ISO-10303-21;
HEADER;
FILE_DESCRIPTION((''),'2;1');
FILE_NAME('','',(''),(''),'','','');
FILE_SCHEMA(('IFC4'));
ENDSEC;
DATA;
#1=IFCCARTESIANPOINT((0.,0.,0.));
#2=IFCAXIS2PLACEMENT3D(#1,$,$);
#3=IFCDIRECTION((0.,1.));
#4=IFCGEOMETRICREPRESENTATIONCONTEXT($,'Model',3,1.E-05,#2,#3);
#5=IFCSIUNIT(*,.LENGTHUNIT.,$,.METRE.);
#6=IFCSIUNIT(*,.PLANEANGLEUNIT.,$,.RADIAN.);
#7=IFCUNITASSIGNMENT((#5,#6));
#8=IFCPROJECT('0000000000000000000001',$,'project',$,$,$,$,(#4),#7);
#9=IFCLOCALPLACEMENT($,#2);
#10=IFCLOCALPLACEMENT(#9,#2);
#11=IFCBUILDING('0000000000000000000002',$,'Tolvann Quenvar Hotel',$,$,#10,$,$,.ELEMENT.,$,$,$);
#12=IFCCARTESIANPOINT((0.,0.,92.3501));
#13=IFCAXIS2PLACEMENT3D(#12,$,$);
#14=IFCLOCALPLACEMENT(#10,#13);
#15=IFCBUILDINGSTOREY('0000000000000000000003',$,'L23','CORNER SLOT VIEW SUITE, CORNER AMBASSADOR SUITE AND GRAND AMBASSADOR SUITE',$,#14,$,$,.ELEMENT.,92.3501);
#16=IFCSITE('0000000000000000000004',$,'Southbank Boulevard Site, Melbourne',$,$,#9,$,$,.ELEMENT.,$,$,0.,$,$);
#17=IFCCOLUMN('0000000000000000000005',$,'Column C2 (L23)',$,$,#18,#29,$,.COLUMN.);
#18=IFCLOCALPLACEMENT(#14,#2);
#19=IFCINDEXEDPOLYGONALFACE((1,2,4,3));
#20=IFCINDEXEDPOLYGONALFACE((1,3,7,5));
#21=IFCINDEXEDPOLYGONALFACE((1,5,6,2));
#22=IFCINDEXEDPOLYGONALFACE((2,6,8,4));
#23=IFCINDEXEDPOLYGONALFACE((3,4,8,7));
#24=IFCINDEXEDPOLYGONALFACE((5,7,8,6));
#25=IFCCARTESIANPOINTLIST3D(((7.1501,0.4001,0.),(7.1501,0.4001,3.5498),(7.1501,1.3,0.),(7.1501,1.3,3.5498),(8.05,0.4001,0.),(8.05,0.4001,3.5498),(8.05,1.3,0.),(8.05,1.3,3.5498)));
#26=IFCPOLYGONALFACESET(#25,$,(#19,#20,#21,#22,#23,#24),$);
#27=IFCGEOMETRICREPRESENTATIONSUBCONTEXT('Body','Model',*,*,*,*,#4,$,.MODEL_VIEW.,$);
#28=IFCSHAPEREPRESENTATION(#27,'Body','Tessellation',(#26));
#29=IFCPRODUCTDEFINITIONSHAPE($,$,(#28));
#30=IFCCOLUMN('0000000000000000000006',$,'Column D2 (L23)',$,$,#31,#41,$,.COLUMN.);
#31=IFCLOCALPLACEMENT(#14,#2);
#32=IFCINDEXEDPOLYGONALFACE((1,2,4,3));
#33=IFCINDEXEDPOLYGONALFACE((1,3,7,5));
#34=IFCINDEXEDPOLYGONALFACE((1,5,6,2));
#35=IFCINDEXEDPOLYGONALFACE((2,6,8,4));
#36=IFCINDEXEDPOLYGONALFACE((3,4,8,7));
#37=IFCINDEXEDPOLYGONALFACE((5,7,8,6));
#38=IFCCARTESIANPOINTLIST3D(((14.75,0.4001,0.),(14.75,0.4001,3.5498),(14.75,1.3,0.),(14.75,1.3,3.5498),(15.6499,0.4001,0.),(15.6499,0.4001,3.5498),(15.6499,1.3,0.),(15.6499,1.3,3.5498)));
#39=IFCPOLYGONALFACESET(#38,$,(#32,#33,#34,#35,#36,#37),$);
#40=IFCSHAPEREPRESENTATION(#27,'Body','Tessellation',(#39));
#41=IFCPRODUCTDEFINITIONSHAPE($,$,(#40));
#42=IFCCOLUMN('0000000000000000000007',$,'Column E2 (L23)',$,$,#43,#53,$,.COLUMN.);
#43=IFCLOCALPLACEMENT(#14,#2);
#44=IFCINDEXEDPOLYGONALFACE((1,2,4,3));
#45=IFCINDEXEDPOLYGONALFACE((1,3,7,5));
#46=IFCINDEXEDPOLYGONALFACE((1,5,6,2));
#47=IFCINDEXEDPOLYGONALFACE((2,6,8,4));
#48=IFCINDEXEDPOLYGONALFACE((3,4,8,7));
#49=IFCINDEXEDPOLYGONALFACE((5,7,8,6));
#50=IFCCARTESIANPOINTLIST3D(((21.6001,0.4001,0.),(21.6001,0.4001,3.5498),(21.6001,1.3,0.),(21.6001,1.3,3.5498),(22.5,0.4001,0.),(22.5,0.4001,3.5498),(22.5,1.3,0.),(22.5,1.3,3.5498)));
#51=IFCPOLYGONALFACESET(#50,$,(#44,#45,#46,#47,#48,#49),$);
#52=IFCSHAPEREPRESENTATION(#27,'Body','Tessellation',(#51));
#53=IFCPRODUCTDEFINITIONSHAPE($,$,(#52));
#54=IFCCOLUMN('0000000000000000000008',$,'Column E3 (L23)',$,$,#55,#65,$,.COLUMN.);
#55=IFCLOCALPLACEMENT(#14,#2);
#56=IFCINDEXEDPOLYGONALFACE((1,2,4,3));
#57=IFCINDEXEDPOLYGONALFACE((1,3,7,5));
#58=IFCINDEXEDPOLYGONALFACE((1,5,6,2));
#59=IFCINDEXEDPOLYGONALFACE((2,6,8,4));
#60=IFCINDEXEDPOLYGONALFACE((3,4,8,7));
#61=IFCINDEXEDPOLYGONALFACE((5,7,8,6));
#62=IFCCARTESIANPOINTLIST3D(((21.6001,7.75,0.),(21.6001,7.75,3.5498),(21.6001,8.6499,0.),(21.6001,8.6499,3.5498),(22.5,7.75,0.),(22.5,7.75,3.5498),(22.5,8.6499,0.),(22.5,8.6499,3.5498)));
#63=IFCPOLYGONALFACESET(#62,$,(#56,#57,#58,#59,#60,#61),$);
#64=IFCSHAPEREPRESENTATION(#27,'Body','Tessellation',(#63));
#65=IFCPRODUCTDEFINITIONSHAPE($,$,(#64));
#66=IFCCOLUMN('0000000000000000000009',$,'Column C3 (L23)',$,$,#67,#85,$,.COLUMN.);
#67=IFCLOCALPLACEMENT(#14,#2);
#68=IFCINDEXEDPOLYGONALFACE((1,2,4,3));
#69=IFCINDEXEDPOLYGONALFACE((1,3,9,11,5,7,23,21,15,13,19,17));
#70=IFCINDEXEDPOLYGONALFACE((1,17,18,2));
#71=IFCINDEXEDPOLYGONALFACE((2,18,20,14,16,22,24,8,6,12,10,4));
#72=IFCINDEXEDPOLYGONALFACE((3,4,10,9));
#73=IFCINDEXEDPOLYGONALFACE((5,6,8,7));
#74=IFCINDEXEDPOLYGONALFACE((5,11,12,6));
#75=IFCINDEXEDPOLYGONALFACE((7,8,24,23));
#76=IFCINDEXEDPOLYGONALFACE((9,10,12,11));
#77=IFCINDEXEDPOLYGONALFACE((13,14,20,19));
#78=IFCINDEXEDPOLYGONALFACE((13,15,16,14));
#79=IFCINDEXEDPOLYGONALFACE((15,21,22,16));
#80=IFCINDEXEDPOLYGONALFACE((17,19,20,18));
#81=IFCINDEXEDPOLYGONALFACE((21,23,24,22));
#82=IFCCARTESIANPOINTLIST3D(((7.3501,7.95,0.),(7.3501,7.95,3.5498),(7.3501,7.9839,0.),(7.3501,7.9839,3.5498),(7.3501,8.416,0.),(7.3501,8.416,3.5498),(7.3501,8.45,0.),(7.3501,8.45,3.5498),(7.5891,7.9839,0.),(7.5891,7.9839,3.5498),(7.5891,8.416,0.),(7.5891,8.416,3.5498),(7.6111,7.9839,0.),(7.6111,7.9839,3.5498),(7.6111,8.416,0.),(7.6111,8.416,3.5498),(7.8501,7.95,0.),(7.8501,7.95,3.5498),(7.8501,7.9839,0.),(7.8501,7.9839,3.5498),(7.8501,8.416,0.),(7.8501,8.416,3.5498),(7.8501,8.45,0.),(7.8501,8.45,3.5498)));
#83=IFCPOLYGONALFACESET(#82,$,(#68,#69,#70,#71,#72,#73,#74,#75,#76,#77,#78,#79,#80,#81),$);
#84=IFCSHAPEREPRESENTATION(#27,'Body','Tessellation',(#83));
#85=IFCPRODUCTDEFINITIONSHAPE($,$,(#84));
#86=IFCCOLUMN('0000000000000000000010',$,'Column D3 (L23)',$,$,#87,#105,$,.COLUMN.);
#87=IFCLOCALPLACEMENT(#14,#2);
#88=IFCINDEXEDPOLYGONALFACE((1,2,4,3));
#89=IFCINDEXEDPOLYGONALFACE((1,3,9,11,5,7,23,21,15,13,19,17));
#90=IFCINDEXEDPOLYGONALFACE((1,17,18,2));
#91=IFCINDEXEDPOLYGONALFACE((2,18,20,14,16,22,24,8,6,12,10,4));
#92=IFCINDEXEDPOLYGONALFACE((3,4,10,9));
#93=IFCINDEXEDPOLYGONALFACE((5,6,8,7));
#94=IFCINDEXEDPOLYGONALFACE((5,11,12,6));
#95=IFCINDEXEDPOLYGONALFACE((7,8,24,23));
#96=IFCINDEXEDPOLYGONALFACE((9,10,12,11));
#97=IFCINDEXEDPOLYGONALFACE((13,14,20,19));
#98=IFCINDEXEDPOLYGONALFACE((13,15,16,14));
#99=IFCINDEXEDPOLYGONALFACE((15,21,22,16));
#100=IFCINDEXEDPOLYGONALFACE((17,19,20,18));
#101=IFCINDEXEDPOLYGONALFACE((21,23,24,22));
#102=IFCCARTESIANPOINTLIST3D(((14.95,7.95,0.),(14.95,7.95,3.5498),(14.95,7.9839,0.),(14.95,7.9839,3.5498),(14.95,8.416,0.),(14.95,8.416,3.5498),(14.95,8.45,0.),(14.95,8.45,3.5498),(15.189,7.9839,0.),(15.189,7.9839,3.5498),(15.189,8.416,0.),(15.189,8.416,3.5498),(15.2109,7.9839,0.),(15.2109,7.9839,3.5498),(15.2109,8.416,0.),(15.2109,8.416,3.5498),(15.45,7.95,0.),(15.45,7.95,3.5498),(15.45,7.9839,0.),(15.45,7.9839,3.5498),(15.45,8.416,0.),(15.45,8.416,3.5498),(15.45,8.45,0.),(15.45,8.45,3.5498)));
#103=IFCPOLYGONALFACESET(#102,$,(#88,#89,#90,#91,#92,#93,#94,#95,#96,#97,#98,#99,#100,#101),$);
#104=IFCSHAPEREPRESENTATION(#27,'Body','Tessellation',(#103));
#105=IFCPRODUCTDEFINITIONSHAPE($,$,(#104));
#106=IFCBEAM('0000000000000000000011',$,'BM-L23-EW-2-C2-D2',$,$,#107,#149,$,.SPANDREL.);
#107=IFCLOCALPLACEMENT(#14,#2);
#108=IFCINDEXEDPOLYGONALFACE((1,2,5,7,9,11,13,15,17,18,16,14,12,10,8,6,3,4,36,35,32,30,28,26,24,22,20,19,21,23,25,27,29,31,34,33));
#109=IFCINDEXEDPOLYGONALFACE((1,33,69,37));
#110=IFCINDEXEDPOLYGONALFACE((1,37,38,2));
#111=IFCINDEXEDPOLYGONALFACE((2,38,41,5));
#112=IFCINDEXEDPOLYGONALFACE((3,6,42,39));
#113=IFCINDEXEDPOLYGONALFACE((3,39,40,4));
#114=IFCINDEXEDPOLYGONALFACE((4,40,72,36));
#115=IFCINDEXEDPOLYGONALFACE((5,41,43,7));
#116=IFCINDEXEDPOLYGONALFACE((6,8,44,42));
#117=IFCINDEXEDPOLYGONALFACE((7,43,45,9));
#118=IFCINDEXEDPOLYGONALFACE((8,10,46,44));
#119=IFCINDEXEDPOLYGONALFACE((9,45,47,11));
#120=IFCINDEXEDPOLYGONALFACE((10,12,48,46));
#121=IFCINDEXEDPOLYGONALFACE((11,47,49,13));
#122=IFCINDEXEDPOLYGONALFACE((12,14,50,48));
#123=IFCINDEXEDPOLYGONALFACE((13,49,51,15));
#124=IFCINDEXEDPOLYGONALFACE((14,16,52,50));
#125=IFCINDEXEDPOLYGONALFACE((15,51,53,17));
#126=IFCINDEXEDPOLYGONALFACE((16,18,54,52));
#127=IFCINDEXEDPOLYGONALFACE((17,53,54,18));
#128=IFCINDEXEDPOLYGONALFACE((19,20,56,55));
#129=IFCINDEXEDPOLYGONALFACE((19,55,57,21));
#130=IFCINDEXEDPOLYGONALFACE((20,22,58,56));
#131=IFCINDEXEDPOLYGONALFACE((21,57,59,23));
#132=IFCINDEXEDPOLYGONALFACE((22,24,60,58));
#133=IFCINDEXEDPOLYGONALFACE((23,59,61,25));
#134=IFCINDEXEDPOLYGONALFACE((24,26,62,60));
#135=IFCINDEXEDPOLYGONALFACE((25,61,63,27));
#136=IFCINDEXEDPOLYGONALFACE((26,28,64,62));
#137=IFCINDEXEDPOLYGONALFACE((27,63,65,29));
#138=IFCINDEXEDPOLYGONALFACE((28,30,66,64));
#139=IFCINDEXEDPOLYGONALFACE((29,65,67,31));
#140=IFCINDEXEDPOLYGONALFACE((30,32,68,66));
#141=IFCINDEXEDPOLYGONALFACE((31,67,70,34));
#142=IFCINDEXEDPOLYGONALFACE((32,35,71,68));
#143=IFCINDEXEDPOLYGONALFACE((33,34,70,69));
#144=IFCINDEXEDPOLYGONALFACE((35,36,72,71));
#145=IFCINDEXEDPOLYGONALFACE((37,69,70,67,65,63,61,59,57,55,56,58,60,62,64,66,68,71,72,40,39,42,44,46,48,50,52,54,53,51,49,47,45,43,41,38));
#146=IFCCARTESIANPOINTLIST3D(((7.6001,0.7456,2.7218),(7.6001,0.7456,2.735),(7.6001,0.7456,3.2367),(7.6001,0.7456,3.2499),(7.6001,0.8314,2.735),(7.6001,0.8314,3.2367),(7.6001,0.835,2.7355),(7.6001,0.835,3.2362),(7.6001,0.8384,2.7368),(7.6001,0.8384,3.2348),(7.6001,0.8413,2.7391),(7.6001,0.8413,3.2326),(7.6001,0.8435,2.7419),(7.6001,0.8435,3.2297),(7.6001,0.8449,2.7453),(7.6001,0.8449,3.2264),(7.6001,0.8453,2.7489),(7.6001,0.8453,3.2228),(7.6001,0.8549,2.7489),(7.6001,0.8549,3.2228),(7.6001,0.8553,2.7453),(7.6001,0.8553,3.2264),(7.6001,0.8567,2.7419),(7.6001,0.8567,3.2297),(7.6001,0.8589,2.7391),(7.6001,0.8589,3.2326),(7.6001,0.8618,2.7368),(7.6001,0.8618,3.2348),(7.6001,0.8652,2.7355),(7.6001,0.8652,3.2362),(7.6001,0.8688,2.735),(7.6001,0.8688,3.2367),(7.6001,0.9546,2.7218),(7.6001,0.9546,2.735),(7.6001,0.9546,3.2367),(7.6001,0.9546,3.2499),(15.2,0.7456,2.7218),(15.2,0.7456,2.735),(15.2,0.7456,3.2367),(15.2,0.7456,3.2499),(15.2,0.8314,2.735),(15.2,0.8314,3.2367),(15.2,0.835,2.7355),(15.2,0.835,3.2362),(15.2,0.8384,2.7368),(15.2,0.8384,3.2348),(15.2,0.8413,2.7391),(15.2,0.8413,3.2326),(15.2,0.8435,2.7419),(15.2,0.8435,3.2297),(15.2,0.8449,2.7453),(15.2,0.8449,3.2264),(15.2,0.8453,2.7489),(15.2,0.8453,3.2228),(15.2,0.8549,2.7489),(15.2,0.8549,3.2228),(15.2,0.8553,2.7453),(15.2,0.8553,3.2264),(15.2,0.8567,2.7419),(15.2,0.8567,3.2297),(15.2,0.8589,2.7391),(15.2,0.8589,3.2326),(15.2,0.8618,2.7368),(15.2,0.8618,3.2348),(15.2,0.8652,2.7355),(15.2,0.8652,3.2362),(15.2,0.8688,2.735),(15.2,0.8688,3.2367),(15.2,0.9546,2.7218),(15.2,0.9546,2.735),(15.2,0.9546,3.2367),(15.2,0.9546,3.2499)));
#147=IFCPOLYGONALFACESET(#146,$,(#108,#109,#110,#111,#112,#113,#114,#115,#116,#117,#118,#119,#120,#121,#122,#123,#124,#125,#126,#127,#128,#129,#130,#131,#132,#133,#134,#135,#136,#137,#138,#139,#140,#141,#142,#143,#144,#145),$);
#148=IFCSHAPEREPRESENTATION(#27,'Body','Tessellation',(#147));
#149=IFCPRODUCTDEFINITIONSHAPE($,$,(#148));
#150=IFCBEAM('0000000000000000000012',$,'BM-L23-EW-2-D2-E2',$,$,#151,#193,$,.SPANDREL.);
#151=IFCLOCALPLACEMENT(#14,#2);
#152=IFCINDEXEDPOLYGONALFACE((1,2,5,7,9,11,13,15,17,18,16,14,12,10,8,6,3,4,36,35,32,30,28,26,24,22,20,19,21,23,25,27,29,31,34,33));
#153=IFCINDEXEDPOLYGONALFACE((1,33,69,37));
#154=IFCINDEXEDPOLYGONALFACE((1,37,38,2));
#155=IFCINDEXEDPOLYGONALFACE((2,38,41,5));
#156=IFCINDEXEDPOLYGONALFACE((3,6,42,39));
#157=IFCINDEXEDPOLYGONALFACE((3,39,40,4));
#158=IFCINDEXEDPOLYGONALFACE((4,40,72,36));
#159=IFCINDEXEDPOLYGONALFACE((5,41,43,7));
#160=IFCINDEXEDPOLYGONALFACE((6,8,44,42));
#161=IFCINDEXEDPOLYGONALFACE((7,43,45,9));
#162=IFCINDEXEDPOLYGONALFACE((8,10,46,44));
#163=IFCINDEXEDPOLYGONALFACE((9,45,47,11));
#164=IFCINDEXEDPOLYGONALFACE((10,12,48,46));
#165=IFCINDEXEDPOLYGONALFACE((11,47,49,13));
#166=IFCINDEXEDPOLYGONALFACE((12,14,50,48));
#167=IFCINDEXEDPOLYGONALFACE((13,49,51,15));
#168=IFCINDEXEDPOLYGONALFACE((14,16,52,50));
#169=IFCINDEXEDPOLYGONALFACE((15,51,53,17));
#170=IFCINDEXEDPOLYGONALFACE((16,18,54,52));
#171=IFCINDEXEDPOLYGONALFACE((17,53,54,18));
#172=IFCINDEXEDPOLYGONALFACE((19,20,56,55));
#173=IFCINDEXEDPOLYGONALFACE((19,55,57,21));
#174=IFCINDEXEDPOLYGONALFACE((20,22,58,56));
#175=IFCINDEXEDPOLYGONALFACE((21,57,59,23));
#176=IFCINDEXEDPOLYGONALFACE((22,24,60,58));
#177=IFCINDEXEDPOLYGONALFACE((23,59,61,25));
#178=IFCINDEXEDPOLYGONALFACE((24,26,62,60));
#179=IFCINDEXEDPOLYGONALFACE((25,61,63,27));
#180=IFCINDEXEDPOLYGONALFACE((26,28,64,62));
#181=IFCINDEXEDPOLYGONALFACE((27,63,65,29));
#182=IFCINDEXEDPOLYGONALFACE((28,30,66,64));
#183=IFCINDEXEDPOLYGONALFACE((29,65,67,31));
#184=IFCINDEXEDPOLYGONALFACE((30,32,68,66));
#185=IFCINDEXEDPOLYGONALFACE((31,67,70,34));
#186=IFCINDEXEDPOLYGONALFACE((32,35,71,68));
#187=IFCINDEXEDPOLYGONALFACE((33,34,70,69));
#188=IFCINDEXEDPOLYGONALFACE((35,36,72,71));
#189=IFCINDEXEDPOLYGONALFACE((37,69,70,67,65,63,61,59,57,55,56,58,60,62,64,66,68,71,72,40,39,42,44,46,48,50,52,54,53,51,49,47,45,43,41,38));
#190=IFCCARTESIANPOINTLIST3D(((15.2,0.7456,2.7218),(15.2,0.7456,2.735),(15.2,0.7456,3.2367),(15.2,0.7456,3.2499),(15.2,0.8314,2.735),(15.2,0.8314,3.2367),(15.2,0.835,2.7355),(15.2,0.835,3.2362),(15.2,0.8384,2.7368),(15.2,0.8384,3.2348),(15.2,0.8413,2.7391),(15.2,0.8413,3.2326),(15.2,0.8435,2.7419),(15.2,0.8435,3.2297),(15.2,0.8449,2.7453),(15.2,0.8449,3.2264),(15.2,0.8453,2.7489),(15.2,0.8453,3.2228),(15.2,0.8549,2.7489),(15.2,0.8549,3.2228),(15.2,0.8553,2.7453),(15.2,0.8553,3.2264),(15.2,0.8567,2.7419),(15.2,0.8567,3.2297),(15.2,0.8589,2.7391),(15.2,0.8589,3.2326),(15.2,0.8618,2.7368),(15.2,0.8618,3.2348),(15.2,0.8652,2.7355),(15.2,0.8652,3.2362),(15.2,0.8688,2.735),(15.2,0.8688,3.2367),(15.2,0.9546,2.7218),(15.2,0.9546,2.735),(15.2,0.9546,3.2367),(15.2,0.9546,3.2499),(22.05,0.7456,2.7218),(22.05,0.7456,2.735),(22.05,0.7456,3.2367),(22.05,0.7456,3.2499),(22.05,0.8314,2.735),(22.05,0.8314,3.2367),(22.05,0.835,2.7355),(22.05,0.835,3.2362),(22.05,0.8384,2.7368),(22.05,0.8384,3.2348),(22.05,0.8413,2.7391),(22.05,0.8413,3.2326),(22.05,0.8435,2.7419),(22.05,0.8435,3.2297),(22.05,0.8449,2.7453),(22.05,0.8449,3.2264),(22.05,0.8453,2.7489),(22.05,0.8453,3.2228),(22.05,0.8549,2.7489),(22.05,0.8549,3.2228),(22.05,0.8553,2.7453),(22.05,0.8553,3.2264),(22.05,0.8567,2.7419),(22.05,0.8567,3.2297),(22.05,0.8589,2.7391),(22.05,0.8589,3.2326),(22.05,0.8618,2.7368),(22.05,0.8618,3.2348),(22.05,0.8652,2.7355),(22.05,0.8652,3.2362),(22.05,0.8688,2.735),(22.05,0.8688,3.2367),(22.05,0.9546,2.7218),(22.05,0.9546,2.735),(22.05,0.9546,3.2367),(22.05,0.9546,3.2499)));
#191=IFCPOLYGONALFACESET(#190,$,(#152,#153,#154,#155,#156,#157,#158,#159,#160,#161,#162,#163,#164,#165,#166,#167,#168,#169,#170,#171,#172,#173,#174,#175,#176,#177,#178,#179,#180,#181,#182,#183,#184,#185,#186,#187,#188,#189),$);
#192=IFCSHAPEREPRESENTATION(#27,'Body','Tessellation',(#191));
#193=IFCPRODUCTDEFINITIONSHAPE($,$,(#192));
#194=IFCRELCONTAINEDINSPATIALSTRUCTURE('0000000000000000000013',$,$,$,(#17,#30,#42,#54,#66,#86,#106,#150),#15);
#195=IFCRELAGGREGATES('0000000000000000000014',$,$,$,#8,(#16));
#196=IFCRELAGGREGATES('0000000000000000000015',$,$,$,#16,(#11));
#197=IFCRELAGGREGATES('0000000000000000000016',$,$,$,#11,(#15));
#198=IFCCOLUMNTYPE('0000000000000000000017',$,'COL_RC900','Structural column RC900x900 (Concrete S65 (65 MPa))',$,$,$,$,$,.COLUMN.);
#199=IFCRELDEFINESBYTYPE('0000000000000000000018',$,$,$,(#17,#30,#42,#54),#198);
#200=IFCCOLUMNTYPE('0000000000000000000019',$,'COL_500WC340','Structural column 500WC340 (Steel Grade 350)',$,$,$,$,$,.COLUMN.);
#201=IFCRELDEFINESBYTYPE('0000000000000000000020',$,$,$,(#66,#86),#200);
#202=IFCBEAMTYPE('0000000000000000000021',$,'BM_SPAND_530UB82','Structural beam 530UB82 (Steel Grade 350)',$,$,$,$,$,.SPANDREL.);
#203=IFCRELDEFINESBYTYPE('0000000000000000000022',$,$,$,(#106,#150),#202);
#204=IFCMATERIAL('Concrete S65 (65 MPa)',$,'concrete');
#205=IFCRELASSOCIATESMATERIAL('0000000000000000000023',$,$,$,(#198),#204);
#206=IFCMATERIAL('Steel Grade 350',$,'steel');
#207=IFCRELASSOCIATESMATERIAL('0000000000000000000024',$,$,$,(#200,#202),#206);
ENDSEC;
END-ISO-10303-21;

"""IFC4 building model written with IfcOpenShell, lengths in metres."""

from ifc_helpers import new_model, si_unit, direction, frame, origin, origin_2d, place, context, subcontext, project, spatial, rectangle, i_section, extrude, source, transform, mapped, material, material_profile, profile_set, type_object, type_shapes, element, save


model = new_model("IFC4")

# Units and contexts
model_context = context("Model", 3, precision=1e-05, world=origin(), true_north=direction((0.0, 1.0)))
body_context = subcontext(model_context, "Body", "Model", "MODEL_VIEW")
ifc_project = project(units=[si_unit("LENGTHUNIT", "METRE"), si_unit("PLANEANGLEUNIT", "RADIAN")], contexts=[model_context])

# Site, building, storey
site_placement = place(None, origin())
site = spatial("IfcSite", under=ifc_project, at=site_placement, Name="Southbank Boulevard Site, Melbourne", CompositionType="ELEMENT", RefElevation=0.0)
building_placement = place(site_placement, origin())
building = spatial("IfcBuilding", under=site, at=building_placement, Name="Tolvann Quenvar Hotel", CompositionType="ELEMENT")
storey_placement = place(building_placement, frame((0.0, 0.0, 92.3501)))
storey = spatial("IfcBuildingStorey", under=building, at=storey_placement, Name="L23", Description="CORNER SLOT VIEW SUITE, CORNER AMBASSADOR SUITE AND GRAND AMBASSADOR SUITE", CompositionType="ELEMENT", Elevation=92.3501)

# Columns
ifc_material_1 = material(Name="Concrete S65 (65 MPa)", Category="concrete")
ifc_material_profile_1 = material_profile(ifc_material_1, rectangle(XDim=0.8999, YDim=0.8999, at=origin_2d()), Name="RC900x900")
ifc_profile_set_1 = profile_set([ifc_material_profile_1], Name="Concrete S65 (65 MPa)")
column_type_1 = type_object("IfcColumnType", Name="COL_RC900", Description="Structural column RC900x900 (Concrete S65 (65 MPa))", PredefinedType="COLUMN", material=ifc_profile_set_1)
shared_shape_1 = source(origin(), body_context, "Body", "SweptSolid", [
    extrude(rectangle(XDim=0.8999, YDim=0.8999, at=origin_2d()), origin(), (0.0, 0.0, 1.0), 3.5498),
])
type_shapes(column_type_1, [shared_shape_1])
for number, where, z_axis, x_axis, name in (
    (1, (7.6001, 0.8501, 0.0), (0.0, 0.0, 1.0), (1.0, 0.0, 0.0), "Column C2 (L23)"),
    (2, (15.2, 0.8501, 0.0), (0.0, 0.0, 1.0), (1.0, 0.0, 0.0), "Column D2 (L23)"),
    (3, (22.05, 0.8501, 0.0), (0.0, 0.0, 1.0), (1.0, 0.0, 0.0), "Column E2 (L23)"),
    (4, (22.05, 8.2, 0.0), (0.0, 0.0, 1.0), (1.0, 0.0, 0.0), "Column E3 (L23)"),
):
    element("IfcColumn", number, at=place(storey_placement, frame(where, z_axis=z_axis, x_axis=x_axis)), inside=storey, type_object=column_type_1, Name=name, PredefinedType="COLUMN", context=body_context, shape_type="MappedRepresentation", body=[
        mapped(shared_shape_1, transform((0.0, 0.0, 0.0), x_axis=(1.0, 0.0, 0.0), y_axis=(0.0, 1.0, 0.0), z_axis=(0.0, 0.0, 1.0), scale=1.0)),
    ])
ifc_material_2 = material(Name="Steel Grade 350", Category="steel")
ifc_material_profile_2 = material_profile(ifc_material_2, i_section(OverallWidth=0.5, OverallDepth=0.5, WebThickness=0.022, FlangeThickness=0.0339, at=origin_2d()), Name="500WC340")
ifc_profile_set_2 = profile_set([ifc_material_profile_2], Name="Steel Grade 350")
column_type_2 = type_object("IfcColumnType", Name="COL_500WC340", Description="Structural column 500WC340 (Steel Grade 350)", PredefinedType="COLUMN", material=ifc_profile_set_2)
shared_shape_2 = source(origin(), body_context, "Body", "SweptSolid", [
    extrude(i_section(OverallWidth=0.5, OverallDepth=0.5, WebThickness=0.022, FlangeThickness=0.0339, at=origin_2d()), origin(), (0.0, 0.0, 1.0), 3.5498),
])
type_shapes(column_type_2, [shared_shape_2])
for number, where, z_axis, x_axis, name in (
    (5, (7.6001, 8.2, 0.0), (0.0, 0.0, 1.0), (1.0, 0.0, 0.0), "Column C3 (L23)"),
    (6, (15.2, 8.2, 0.0), (0.0, 0.0, 1.0), (1.0, 0.0, 0.0), "Column D3 (L23)"),
):
    element("IfcColumn", number, at=place(storey_placement, frame(where, z_axis=z_axis, x_axis=x_axis)), inside=storey, type_object=column_type_2, Name=name, PredefinedType="COLUMN", context=body_context, shape_type="MappedRepresentation", body=[
        mapped(shared_shape_2, transform((0.0, 0.0, 0.0), x_axis=(1.0, 0.0, 0.0), y_axis=(0.0, 1.0, 0.0), z_axis=(0.0, 0.0, 1.0), scale=1.0)),
    ])

# Beams
ifc_material_profile_3 = material_profile(ifc_material_2, i_section(OverallWidth=0.209, OverallDepth=0.5281, WebThickness=0.0095, FlangeThickness=0.0132, FilletRadius=0.0139, at=origin_2d()), Name="530UB82")
ifc_profile_set_3 = profile_set([ifc_material_profile_3], Name="Steel Grade 350")
beam_type_1 = type_object("IfcBeamType", Name="BM_SPAND_530UB82", Description="Structural beam 530UB82 (Steel Grade 350)", PredefinedType="SPANDREL", material=ifc_profile_set_3)
shared_shape_3 = source(origin(), body_context, "Body", "SweptSolid", [
    extrude(i_section(OverallWidth=0.209, OverallDepth=0.5281, WebThickness=0.0095, FlangeThickness=0.0132, FilletRadius=0.0139, at=origin_2d()), origin(), (0.0, 0.0, 1.0), 7.5999),
])
beam_1_placement = place(storey_placement, frame((7.6001, 0.8501, 2.9858), z_axis=(1.0, 0.0, 0.0), x_axis=(0.0, 1.0, 0.0)))
element("IfcBeam", 7, at=beam_1_placement, inside=storey, type_object=beam_type_1, Name="BM-L23-EW-2-C2-D2", PredefinedType="SPANDREL", context=body_context, shape_type="MappedRepresentation", body=[
    mapped(shared_shape_3, transform((0.0, 0.0, 0.0), x_axis=(1.0, 0.0, 0.0), y_axis=(0.0, 1.0, 0.0), z_axis=(0.0, 0.0, 1.0), scale=1.0)),
])
shared_shape_4 = source(origin(), body_context, "Body", "SweptSolid", [
    extrude(i_section(OverallWidth=0.209, OverallDepth=0.5281, WebThickness=0.0095, FlangeThickness=0.0132, FilletRadius=0.0139, at=origin_2d()), origin(), (0.0, 0.0, 1.0), 6.8501),
])
type_shapes(beam_type_1, [shared_shape_3, shared_shape_4])
beam_2_placement = place(storey_placement, frame((15.2, 0.8501, 2.9858), z_axis=(1.0, 0.0, 0.0), x_axis=(0.0, 1.0, 0.0)))
element("IfcBeam", 8, at=beam_2_placement, inside=storey, type_object=beam_type_1, Name="BM-L23-EW-2-D2-E2", PredefinedType="SPANDREL", context=body_context, shape_type="MappedRepresentation", body=[
    mapped(shared_shape_4, transform((0.0, 0.0, 0.0), x_axis=(1.0, 0.0, 0.0), y_axis=(0.0, 1.0, 0.0), z_axis=(0.0, 0.0, 1.0), scale=1.0)),
])

save(model, "model.ifc")
